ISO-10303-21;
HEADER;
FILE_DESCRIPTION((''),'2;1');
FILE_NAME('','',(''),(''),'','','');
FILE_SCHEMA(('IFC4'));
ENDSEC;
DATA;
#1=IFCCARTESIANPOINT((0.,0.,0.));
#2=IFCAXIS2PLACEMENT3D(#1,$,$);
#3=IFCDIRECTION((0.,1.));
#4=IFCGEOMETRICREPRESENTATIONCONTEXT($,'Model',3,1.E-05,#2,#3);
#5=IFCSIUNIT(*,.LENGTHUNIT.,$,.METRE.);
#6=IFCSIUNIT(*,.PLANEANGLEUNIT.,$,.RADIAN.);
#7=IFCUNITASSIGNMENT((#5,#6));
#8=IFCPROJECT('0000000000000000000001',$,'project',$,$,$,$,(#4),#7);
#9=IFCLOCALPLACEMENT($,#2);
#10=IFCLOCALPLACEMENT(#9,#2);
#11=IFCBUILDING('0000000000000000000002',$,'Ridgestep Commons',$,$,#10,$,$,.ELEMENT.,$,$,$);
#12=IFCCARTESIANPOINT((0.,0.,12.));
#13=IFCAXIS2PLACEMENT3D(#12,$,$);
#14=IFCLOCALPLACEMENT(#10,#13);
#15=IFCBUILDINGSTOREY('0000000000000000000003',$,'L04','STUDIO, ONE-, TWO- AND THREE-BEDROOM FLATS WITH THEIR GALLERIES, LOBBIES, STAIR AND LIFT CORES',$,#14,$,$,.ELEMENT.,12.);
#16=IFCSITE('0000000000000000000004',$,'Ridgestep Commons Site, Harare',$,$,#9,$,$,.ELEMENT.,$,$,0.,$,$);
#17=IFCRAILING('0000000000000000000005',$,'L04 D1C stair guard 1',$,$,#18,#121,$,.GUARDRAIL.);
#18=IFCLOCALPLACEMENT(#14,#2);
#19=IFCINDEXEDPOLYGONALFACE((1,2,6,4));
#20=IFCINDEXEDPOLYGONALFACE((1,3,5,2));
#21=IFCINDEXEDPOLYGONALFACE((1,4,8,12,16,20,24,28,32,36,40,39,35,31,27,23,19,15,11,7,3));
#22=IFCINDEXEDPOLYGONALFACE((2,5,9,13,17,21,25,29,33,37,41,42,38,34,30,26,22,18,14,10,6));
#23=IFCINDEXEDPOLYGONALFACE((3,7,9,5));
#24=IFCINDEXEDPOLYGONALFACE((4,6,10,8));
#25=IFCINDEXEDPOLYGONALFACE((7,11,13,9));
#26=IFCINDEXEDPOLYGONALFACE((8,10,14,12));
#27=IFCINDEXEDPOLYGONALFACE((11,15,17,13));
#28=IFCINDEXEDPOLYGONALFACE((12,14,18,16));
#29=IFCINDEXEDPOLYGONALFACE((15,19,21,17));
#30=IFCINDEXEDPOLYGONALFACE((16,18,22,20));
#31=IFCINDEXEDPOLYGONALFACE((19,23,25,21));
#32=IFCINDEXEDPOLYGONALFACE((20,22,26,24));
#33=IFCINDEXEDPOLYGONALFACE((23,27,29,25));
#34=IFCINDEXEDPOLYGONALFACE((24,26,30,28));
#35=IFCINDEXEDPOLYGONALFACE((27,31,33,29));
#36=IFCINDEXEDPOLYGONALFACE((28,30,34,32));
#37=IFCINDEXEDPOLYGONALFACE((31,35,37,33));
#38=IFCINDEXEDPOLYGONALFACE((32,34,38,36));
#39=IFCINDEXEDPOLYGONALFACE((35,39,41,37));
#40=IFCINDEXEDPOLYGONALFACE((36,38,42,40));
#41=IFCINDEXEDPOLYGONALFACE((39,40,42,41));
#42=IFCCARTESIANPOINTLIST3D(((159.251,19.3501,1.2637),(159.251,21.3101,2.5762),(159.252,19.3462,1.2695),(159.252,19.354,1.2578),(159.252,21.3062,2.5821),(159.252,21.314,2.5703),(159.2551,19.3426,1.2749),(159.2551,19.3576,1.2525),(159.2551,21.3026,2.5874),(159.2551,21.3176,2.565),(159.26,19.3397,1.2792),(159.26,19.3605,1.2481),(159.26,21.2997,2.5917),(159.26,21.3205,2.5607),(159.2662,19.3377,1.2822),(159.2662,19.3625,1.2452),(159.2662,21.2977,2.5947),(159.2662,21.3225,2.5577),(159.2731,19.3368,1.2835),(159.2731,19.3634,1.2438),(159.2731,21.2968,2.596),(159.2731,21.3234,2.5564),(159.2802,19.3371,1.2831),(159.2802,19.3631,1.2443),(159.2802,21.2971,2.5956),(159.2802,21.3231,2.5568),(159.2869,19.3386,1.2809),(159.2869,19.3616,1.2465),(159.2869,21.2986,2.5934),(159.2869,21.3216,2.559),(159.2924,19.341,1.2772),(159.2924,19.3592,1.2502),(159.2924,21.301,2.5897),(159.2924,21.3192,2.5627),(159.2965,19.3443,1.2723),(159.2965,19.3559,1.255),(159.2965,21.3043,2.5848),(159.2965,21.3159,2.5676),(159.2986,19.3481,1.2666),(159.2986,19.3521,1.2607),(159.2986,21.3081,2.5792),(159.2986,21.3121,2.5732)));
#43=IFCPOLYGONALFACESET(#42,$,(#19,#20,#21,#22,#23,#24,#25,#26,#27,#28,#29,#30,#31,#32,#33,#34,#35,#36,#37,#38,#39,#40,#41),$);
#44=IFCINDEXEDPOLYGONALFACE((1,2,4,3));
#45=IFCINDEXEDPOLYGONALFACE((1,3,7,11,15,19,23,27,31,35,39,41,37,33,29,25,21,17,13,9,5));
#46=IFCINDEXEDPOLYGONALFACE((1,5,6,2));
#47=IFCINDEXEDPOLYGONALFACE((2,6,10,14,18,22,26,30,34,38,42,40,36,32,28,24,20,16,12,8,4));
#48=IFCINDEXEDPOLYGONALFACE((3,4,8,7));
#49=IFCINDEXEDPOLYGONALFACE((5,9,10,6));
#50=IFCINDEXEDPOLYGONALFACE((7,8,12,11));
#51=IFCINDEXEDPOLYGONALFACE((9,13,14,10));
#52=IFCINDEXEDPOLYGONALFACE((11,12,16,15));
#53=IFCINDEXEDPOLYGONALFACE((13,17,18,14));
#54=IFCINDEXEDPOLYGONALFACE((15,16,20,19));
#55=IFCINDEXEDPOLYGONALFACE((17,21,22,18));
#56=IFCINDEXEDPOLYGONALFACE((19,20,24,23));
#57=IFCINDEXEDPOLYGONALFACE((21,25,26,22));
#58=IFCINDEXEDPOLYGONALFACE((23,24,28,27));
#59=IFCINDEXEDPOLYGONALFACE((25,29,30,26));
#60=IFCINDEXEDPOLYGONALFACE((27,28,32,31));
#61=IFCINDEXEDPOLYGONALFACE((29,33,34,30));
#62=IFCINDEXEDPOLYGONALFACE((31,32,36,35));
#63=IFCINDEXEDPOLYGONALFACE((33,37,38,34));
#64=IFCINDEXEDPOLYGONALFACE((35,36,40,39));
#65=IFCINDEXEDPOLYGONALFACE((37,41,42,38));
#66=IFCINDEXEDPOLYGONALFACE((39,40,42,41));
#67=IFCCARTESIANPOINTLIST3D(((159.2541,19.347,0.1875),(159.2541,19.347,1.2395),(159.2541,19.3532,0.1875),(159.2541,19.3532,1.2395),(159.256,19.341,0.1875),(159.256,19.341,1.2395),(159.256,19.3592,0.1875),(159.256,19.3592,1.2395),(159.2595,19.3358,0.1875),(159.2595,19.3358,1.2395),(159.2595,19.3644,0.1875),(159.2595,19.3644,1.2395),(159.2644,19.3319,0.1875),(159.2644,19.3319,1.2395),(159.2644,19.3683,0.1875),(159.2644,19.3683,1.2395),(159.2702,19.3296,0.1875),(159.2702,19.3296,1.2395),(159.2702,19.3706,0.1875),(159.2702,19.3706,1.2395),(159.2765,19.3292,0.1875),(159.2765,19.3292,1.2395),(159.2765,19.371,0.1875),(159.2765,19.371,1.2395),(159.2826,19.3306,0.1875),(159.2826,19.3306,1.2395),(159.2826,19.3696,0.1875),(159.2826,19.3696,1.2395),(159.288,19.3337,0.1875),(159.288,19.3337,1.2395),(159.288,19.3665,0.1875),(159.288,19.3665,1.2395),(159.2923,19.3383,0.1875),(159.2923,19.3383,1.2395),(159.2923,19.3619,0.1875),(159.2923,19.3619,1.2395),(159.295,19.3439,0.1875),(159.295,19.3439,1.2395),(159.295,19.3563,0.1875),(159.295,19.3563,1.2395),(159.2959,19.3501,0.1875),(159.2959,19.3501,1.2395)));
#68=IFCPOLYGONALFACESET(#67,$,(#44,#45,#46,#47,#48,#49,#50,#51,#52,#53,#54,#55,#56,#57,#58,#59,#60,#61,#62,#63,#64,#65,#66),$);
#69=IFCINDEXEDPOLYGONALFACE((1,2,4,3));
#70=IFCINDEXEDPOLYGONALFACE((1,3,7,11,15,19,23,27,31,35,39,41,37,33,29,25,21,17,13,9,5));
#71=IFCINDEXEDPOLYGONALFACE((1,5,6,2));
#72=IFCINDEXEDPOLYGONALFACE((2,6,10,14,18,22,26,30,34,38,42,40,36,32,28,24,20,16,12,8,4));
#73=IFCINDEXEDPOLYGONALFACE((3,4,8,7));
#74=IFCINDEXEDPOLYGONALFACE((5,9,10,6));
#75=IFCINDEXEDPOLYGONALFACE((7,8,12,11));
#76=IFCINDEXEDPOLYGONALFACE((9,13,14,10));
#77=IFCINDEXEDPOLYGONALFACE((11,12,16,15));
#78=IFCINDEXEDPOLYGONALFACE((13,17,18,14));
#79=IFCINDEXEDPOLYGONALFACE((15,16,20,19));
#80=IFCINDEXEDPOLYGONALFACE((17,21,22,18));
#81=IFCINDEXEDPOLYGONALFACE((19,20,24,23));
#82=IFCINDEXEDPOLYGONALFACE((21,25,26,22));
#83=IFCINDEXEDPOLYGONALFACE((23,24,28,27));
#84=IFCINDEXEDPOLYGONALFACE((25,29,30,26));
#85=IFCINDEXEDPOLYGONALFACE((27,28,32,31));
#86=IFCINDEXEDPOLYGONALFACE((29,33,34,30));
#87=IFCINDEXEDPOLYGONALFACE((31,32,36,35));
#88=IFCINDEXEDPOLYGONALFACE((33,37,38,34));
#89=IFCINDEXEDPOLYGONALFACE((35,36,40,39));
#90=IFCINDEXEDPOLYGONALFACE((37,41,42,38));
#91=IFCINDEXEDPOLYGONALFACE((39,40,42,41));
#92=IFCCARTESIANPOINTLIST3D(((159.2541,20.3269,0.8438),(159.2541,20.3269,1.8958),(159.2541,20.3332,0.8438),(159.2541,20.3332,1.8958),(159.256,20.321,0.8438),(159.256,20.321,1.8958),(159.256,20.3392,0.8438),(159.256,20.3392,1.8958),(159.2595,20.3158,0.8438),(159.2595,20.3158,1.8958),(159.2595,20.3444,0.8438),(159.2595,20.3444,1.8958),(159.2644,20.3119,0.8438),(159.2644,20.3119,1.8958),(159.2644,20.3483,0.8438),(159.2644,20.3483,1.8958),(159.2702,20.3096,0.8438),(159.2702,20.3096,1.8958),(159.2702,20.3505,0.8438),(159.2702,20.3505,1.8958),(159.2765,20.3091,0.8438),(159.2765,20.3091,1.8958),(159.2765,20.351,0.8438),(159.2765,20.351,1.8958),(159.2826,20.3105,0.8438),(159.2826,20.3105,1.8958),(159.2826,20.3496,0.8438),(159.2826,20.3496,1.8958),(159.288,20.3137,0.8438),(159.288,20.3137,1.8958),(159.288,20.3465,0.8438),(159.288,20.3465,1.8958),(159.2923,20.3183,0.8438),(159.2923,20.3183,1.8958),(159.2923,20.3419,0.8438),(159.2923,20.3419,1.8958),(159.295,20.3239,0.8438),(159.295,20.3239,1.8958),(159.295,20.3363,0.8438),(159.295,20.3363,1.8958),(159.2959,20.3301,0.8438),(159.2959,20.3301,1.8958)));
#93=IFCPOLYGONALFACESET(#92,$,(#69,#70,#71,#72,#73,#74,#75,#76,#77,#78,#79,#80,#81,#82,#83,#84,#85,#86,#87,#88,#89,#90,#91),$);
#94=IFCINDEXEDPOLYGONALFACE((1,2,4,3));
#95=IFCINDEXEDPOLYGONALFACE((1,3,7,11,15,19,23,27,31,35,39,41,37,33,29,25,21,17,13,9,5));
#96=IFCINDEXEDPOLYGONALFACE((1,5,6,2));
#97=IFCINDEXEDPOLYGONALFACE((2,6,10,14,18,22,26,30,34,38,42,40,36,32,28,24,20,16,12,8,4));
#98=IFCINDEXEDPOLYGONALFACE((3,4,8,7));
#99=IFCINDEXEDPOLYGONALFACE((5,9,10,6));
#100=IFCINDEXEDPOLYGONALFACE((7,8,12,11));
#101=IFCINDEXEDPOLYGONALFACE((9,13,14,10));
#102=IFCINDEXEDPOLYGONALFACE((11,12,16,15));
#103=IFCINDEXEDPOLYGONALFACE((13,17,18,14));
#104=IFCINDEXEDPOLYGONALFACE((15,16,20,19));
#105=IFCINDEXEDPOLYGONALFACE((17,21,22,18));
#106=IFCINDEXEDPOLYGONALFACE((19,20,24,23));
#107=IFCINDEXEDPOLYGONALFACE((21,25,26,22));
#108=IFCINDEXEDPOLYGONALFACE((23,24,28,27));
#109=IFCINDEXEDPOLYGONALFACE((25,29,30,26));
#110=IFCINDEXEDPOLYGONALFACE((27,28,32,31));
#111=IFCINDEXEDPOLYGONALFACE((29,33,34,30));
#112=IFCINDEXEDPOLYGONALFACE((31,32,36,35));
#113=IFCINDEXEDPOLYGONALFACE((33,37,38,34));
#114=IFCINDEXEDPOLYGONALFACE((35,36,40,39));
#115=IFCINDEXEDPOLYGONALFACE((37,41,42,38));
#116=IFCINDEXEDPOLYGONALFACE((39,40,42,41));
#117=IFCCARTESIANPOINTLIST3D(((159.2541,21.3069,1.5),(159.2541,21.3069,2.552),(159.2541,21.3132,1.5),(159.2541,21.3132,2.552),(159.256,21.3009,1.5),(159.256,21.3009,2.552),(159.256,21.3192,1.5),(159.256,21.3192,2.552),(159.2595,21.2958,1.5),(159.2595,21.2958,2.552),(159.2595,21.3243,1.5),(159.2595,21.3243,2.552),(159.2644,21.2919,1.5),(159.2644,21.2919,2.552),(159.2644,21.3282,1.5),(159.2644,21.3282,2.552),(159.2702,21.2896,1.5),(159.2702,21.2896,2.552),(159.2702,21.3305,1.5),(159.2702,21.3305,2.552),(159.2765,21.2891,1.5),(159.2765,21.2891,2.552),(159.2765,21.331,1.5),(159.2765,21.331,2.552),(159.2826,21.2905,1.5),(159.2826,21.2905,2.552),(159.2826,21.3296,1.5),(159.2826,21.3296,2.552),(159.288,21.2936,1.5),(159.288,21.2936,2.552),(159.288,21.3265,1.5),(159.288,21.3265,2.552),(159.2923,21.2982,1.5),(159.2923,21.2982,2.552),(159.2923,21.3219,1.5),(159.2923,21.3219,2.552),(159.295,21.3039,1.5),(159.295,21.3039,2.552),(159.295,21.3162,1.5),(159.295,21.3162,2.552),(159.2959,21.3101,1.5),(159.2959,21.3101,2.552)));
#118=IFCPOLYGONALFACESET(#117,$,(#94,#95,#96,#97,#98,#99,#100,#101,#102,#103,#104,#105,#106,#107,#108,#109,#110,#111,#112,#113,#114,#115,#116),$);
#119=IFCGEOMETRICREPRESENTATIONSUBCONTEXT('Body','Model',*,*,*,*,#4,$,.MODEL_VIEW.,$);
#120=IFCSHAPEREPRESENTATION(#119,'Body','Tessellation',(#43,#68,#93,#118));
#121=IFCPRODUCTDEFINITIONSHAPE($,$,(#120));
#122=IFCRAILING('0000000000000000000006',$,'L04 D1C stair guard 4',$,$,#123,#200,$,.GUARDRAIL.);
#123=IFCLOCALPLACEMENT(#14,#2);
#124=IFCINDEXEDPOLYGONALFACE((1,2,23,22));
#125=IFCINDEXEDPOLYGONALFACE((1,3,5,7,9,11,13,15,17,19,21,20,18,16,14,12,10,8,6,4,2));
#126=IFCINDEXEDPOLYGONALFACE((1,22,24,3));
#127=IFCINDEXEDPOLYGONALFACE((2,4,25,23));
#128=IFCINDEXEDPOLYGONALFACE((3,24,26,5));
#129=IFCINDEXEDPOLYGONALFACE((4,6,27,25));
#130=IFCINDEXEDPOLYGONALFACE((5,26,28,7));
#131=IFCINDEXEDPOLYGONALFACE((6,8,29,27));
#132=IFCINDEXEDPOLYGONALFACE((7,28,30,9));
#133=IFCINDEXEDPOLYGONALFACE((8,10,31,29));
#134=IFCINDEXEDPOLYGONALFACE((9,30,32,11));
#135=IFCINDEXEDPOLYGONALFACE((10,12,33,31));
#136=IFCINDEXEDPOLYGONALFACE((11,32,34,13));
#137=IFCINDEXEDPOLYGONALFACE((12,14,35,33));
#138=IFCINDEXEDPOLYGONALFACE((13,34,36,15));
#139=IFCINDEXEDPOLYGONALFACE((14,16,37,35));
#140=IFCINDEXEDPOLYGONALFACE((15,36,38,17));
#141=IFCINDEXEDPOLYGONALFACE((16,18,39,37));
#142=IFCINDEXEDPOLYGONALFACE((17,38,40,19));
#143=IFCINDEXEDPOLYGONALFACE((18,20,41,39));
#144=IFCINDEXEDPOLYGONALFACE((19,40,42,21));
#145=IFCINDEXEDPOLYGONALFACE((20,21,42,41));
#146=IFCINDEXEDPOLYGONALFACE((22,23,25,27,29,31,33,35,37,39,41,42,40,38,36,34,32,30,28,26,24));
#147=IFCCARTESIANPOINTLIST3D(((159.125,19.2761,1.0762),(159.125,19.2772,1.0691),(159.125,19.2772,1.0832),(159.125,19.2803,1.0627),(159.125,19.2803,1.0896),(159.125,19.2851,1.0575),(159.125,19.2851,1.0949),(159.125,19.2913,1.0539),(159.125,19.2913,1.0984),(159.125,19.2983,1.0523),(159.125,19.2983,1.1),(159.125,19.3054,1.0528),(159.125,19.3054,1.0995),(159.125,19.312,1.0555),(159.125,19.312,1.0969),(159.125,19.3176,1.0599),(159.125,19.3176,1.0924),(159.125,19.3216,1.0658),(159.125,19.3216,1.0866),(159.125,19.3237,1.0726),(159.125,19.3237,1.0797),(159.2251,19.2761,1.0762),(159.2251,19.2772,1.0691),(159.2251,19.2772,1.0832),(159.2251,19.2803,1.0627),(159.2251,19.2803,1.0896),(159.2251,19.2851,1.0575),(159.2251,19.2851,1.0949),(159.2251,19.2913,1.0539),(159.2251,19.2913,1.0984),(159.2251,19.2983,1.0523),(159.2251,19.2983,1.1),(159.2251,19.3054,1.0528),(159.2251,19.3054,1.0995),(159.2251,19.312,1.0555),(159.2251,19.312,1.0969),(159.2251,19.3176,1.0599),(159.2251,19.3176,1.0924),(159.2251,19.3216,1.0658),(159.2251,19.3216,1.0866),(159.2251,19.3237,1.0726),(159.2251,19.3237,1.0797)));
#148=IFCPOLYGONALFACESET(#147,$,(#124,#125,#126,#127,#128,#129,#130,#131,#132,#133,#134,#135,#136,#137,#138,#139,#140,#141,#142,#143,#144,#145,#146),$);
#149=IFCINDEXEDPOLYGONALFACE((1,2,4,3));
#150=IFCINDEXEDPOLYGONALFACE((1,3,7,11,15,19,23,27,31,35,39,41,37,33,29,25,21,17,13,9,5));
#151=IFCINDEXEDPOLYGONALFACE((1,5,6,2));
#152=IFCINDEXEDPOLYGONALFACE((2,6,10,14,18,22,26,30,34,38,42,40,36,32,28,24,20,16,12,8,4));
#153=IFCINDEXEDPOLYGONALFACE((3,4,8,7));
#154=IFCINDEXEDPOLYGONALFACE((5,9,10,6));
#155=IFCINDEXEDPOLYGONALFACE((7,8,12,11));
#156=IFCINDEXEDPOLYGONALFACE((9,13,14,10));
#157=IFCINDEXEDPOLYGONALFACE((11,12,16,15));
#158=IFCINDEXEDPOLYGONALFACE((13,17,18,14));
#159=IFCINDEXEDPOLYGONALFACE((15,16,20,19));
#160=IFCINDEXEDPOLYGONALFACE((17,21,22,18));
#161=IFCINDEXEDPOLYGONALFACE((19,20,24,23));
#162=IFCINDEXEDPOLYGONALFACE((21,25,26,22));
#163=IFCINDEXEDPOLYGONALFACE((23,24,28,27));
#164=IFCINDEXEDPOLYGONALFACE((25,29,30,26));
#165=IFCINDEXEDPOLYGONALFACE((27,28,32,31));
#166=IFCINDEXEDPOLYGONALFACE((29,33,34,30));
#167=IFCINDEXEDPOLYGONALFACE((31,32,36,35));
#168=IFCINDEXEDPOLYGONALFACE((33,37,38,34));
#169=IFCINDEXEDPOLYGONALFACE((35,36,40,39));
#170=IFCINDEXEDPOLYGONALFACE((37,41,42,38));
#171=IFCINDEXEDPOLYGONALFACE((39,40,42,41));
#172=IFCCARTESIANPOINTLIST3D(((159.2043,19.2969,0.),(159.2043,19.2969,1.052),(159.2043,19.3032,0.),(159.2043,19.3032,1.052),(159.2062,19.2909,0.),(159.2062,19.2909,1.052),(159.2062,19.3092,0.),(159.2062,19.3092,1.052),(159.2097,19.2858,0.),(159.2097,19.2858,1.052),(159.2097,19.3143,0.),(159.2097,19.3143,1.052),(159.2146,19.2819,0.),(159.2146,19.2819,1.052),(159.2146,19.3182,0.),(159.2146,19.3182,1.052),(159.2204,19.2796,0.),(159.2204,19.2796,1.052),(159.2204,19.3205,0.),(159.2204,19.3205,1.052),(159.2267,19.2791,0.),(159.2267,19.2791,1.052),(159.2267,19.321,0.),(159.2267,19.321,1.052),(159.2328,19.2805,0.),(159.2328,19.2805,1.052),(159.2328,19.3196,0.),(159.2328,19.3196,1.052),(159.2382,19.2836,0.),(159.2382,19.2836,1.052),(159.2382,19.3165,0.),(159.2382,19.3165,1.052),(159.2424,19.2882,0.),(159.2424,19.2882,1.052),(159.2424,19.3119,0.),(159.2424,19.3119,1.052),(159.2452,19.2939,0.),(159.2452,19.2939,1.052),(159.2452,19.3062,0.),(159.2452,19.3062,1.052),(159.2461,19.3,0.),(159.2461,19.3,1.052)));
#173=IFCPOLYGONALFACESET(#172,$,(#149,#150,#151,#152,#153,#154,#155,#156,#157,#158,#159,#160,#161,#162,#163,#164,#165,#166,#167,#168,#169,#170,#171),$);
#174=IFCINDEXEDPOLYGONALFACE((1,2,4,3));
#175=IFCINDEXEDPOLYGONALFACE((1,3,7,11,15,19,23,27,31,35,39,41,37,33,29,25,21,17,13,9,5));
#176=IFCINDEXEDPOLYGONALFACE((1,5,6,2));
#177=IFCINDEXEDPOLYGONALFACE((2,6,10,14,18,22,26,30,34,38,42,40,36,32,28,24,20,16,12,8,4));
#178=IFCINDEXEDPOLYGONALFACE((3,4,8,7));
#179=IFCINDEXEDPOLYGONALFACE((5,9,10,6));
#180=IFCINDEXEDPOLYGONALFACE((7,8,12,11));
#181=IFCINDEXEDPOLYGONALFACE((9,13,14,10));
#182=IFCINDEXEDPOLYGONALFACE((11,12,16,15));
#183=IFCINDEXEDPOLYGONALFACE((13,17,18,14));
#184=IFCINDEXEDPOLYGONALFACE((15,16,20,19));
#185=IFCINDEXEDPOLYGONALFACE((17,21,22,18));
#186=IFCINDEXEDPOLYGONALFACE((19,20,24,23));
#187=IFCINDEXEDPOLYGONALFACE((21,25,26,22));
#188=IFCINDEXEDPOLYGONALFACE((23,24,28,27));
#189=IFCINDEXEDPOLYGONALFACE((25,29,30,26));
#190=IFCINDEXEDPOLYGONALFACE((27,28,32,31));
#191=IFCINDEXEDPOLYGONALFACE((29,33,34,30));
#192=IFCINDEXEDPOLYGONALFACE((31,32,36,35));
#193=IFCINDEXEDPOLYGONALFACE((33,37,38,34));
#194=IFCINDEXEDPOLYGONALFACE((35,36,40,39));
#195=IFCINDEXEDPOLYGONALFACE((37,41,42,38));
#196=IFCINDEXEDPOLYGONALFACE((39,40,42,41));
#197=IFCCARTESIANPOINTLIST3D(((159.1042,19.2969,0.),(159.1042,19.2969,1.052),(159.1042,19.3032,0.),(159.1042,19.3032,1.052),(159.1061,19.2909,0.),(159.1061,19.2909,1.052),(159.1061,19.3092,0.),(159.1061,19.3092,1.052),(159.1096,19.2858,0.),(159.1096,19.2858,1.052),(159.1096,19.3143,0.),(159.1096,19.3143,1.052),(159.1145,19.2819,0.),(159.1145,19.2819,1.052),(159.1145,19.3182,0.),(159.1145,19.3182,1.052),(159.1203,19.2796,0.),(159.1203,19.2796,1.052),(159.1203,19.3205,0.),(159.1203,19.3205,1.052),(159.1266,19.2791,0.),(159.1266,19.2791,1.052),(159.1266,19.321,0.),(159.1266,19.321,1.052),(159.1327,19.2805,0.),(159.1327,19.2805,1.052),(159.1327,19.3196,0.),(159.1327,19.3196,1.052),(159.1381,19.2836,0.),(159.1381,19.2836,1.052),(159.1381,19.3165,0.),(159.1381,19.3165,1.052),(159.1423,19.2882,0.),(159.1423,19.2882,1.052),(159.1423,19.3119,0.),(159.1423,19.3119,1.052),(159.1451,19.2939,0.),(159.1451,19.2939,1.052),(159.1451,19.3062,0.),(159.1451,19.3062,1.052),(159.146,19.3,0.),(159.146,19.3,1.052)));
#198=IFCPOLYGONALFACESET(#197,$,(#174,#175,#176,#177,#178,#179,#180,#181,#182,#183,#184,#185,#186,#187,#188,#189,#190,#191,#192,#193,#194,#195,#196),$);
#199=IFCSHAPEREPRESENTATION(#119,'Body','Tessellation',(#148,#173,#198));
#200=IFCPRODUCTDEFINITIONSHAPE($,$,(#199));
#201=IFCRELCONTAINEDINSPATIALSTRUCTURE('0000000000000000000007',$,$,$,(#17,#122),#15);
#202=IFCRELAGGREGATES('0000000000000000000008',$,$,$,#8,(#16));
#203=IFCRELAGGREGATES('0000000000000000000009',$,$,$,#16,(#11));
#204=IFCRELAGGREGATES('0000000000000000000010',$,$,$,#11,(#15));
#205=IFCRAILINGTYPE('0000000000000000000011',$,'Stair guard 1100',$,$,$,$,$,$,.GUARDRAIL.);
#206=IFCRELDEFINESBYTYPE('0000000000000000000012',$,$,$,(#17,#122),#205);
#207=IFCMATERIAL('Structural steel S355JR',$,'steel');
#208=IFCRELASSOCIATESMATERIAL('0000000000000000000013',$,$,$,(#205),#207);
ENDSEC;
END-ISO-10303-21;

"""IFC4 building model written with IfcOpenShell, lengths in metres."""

from ifc_helpers import new_model, si_unit, direction, frame, origin, origin_2d, place, context, subcontext, project, spatial, circle, extrude, material, type_object, element, save


model = new_model("IFC4")

# Units and contexts
model_context = context("Model", 3, precision=1e-05, world=origin(), true_north=direction((0.0, 1.0)))
body_context = subcontext(model_context, "Body", "Model", "MODEL_VIEW")
ifc_project = project(units=[si_unit("LENGTHUNIT", "METRE"), si_unit("PLANEANGLEUNIT", "RADIAN")], contexts=[model_context])

# Site, building, storey
site_placement = place(None, origin())
site = spatial("IfcSite", under=ifc_project, at=site_placement, Name="Ridgestep Commons Site, Harare", CompositionType="ELEMENT", RefElevation=0.0)
building_placement = place(site_placement, origin())
building = spatial("IfcBuilding", under=site, at=building_placement, Name="Ridgestep Commons", CompositionType="ELEMENT")
storey_placement = place(building_placement, frame((0.0, 0.0, 12.0)))
storey = spatial("IfcBuildingStorey", under=building, at=storey_placement, Name="L04", Description="STUDIO, ONE-, TWO- AND THREE-BEDROOM FLATS WITH THEIR GALLERIES, LOBBIES, STAIR AND LIFT CORES", CompositionType="ELEMENT", Elevation=12.0)

# Railings
ifc_material_1 = material(Name="Structural steel S355JR", Category="steel")
railing_type_1 = type_object("IfcRailingType", Name="Stair guard 1100", PredefinedType="GUARDRAIL", material=ifc_material_1)
railing_1_placement = place(storey_placement, frame((159.2749, 19.3501, 0.1875)))
element("IfcRailing", 1, at=railing_1_placement, inside=storey, type_object=railing_type_1, Name="L04 D1C stair guard 1", PredefinedType="GUARDRAIL", context=body_context, shape_type="SweptSolid", body=[
    extrude(circle(Radius=0.0239, at=origin_2d()), frame((0.0, 0.0, 1.0762), z_axis=(0.0, 0.830902, 0.556419), x_axis=(-1.0, 0.0, 0.0)), (0.0, 0.0, 1.0), 2.3589),
    extrude(circle(Radius=0.021, at=origin_2d()), origin(), (0.0, 0.0, 1.0), 1.052),
    extrude(circle(Radius=0.021, at=origin_2d()), frame((0.0, 0.98, 0.6562)), (0.0, 0.0, 1.0), 1.052),
    extrude(circle(Radius=0.021, at=origin_2d()), frame((0.0, 1.96, 1.3125)), (0.0, 0.0, 1.0), 1.052),
])
railing_2_placement = place(storey_placement, frame((159.2251, 19.3, 0.0)))
element("IfcRailing", 2, at=railing_2_placement, inside=storey, type_object=railing_type_1, Name="L04 D1C stair guard 4", PredefinedType="GUARDRAIL", context=body_context, shape_type="SweptSolid", body=[
    extrude(circle(Radius=0.0239, at=origin_2d()), frame((0.0, 0.0, 1.0762), z_axis=(-1.0, 0.0, 0.0), x_axis=(0.0, -1.0, 0.0)), (0.0, 0.0, 1.0), 0.1001),
    extrude(circle(Radius=0.021, at=origin_2d()), origin(), (0.0, 0.0, 1.0), 1.052),
    extrude(circle(Radius=0.021, at=origin_2d()), frame((-0.1001, 0.0, 0.0)), (0.0, 0.0, 1.0), 1.052),
])

save(model, "model.ifc")
